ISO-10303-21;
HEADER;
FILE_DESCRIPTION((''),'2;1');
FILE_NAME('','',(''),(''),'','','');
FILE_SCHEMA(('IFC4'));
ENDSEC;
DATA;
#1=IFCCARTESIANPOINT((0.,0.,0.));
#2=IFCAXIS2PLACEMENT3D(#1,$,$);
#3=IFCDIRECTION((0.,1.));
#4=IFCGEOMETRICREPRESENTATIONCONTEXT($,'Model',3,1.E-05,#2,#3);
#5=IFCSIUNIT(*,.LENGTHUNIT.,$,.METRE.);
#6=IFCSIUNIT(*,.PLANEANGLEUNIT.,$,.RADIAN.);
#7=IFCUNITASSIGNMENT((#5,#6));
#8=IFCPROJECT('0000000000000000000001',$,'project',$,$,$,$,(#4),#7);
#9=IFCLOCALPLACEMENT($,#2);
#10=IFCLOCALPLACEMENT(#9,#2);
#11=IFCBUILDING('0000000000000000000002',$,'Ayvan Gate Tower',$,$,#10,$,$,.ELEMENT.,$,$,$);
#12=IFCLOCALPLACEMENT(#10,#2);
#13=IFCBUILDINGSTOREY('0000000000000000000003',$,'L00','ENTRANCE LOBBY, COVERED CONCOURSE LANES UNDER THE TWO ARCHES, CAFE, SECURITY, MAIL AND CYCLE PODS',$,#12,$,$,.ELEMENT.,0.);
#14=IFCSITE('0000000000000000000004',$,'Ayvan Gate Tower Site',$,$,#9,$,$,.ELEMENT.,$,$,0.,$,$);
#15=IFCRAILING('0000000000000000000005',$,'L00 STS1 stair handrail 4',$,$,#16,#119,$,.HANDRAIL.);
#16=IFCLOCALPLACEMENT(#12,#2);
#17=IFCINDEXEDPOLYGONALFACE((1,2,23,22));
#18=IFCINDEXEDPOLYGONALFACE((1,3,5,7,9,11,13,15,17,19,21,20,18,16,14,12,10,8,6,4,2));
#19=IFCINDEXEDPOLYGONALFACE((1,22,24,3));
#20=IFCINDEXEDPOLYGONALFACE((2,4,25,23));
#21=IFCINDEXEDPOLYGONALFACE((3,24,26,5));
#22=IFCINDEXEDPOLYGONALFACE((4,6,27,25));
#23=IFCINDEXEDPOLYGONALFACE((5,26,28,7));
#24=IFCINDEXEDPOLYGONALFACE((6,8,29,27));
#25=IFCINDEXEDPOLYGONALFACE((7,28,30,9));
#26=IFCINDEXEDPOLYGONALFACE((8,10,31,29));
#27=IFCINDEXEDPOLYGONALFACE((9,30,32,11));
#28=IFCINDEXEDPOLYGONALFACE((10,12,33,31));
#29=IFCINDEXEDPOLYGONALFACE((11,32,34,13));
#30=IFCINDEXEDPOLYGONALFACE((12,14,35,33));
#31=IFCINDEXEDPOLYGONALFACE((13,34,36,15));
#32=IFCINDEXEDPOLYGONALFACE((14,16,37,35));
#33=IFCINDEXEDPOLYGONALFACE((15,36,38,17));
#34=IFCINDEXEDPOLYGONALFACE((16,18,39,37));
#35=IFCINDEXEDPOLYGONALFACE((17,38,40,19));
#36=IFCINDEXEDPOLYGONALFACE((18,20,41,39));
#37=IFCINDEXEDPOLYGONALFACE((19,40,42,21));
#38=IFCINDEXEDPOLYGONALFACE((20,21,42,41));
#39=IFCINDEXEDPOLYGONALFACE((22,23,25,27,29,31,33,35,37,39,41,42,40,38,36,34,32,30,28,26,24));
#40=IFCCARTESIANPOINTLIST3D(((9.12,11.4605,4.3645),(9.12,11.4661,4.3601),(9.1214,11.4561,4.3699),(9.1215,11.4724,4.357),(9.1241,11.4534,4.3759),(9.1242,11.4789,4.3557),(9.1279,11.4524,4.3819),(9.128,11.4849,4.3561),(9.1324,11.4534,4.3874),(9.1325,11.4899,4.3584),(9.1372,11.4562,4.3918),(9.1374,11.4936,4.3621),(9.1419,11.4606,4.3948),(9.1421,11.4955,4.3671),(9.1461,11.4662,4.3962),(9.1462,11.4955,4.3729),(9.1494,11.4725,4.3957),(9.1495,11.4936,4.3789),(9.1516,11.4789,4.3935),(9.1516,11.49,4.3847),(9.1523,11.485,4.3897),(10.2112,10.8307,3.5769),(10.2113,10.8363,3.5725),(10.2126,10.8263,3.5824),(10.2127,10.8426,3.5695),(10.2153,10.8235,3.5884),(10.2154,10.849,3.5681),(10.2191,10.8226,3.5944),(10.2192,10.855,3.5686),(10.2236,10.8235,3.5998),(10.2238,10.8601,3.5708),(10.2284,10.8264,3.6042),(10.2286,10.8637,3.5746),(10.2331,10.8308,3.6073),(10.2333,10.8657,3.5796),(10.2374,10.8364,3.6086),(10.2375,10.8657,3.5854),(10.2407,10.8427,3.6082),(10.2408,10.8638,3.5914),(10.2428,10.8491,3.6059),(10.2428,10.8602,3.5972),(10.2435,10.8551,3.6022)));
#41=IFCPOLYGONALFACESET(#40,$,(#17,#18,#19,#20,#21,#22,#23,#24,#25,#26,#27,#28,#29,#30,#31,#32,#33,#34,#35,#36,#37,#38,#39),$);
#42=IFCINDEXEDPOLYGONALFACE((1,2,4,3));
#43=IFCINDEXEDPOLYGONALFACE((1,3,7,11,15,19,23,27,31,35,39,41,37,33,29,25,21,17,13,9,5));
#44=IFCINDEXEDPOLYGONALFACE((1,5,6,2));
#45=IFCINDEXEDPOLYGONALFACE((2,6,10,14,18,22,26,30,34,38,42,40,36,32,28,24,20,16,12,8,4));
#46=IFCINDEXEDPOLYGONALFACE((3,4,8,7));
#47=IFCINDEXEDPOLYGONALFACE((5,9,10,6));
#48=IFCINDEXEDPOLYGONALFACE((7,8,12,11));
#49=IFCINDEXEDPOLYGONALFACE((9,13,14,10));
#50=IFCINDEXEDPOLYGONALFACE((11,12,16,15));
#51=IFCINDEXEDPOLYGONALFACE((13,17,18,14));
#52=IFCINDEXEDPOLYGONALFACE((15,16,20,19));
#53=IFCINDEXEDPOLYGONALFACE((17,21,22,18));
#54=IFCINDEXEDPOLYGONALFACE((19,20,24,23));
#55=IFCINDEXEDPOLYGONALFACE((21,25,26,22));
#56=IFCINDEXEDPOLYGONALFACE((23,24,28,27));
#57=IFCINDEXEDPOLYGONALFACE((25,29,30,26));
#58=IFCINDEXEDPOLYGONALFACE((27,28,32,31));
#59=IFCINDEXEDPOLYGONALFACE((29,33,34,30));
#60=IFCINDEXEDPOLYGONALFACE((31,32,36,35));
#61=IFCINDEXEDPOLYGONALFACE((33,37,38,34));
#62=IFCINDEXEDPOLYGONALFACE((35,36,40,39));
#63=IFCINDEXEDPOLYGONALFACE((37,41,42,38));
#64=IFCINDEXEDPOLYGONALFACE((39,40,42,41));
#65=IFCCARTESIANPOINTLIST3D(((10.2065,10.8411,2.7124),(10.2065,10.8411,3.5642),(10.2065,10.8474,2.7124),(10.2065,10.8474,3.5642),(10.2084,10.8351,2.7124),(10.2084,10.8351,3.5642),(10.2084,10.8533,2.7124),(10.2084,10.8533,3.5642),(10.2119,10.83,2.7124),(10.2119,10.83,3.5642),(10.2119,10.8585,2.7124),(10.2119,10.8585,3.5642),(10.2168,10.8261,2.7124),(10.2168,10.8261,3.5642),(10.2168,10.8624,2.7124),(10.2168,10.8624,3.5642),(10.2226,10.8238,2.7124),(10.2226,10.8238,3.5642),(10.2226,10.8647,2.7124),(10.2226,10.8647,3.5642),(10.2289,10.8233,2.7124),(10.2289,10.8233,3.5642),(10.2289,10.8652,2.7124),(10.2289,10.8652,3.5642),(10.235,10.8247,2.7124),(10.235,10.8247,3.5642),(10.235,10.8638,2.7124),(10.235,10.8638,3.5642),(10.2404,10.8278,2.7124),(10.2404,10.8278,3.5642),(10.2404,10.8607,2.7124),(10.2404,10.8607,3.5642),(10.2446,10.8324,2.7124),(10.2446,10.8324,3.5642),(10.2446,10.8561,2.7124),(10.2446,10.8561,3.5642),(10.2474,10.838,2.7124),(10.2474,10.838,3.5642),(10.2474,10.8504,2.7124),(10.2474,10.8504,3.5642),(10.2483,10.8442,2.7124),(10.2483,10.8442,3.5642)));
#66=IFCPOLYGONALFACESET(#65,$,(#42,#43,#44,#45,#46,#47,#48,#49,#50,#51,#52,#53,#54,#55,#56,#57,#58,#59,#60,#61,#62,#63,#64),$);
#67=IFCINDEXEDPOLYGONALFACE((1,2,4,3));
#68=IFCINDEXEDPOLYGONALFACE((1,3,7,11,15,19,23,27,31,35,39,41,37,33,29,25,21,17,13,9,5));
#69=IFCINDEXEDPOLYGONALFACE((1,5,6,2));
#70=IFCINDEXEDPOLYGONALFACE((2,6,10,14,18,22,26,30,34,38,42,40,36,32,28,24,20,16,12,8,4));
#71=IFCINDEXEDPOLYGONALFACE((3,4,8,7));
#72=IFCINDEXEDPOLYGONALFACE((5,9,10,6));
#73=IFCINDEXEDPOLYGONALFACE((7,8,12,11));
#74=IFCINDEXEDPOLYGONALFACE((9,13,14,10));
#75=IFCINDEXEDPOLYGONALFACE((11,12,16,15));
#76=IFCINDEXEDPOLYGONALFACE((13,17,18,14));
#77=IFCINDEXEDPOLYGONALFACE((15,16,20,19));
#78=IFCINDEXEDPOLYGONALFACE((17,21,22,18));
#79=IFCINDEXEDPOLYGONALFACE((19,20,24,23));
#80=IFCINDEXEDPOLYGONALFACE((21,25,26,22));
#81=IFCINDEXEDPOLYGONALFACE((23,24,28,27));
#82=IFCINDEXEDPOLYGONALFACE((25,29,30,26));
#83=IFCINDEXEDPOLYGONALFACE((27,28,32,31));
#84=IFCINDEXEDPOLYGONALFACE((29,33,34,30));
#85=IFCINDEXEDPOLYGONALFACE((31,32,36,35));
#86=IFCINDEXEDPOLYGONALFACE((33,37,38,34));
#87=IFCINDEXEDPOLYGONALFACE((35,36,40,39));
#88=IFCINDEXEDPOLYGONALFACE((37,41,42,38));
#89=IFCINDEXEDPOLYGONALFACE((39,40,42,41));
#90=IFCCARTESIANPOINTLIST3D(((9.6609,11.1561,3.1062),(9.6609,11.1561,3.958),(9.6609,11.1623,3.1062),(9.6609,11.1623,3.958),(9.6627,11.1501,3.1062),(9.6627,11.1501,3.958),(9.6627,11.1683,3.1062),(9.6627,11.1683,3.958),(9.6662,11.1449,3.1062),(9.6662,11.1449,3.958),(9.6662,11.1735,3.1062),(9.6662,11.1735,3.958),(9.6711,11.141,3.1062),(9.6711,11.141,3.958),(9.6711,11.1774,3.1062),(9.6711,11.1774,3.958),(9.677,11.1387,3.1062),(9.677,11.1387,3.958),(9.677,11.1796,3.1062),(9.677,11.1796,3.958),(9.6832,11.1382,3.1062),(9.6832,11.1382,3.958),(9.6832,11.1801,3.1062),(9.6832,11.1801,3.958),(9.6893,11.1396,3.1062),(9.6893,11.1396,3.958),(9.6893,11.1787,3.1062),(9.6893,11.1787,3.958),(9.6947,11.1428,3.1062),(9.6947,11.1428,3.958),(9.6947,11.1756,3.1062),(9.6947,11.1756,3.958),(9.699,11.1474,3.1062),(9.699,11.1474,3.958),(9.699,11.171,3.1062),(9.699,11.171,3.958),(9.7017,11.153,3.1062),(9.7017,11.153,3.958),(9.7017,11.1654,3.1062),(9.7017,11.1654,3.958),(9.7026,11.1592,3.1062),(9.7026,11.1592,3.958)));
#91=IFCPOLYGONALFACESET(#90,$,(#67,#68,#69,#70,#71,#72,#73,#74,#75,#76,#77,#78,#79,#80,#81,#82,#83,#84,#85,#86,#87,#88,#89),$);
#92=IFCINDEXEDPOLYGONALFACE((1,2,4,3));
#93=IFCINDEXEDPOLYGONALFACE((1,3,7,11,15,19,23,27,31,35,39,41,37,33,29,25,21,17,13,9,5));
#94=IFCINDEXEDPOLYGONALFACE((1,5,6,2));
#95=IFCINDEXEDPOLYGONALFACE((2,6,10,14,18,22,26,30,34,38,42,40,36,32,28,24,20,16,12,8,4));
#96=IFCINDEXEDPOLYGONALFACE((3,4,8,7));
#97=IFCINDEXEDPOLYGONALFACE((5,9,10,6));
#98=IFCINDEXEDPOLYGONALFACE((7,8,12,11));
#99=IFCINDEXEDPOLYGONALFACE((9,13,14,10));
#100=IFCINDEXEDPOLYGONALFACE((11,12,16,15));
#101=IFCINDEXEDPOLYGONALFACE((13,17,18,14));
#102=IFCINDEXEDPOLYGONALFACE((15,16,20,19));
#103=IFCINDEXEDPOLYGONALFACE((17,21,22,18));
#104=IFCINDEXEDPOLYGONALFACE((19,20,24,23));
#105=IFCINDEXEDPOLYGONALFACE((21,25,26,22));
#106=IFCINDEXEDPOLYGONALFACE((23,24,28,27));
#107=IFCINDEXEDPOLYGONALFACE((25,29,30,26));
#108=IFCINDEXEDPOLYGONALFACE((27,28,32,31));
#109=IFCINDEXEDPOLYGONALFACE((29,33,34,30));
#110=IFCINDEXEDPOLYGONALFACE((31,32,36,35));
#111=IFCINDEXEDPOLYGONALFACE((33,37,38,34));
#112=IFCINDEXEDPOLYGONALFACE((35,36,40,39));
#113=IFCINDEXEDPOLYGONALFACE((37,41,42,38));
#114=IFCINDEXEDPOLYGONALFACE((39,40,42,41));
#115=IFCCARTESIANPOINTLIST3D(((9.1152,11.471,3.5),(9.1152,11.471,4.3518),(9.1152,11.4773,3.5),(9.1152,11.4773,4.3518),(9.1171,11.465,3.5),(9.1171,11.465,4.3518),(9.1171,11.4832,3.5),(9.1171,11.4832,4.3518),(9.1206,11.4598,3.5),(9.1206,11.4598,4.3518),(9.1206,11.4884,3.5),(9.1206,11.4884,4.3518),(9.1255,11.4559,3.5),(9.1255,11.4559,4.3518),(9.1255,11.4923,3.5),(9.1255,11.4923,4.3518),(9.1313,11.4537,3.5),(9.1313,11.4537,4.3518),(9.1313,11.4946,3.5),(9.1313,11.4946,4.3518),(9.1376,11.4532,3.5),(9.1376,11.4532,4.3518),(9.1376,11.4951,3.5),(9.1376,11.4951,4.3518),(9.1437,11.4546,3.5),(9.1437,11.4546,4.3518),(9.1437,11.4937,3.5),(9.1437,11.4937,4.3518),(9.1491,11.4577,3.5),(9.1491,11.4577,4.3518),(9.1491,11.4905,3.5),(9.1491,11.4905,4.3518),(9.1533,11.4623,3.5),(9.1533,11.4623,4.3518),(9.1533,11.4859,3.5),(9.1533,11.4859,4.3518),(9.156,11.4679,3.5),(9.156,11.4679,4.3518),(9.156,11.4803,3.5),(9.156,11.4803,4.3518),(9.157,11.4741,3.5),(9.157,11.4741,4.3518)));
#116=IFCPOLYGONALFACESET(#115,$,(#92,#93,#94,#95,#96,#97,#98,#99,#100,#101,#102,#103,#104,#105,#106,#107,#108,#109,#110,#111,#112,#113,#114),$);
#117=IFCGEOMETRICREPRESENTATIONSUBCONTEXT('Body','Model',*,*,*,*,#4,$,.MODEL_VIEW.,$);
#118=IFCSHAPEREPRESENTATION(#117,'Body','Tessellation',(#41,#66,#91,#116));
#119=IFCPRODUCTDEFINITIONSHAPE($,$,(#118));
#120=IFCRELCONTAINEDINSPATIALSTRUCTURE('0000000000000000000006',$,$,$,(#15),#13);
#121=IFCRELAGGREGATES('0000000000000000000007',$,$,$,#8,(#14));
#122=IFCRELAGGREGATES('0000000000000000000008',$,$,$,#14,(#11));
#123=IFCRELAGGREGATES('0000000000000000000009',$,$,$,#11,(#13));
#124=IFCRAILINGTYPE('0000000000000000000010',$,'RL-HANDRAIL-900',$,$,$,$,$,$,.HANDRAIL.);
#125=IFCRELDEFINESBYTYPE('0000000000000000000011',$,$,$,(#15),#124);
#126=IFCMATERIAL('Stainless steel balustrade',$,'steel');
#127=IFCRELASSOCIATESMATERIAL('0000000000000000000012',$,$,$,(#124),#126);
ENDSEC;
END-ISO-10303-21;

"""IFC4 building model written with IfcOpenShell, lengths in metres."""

from ifc_helpers import new_model, si_unit, direction, frame, origin, origin_2d, place, context, subcontext, project, spatial, circle, extrude, material, type_object, element, save


model = new_model("IFC4")

# Units and contexts
model_context = context("Model", 3, precision=1e-05, world=origin(), true_north=direction((0.0, 1.0)))
body_context = subcontext(model_context, "Body", "Model", "MODEL_VIEW")
ifc_project = project(units=[si_unit("LENGTHUNIT", "METRE"), si_unit("PLANEANGLEUNIT", "RADIAN")], contexts=[model_context])

# Site, building, storey
site_placement = place(None, origin())
site = spatial("IfcSite", under=ifc_project, at=site_placement, Name="Ayvan Gate Tower Site", CompositionType="ELEMENT", RefElevation=0.0)
building_placement = place(site_placement, origin())
building = spatial("IfcBuilding", under=site, at=building_placement, Name="Ayvan Gate Tower", CompositionType="ELEMENT")
storey_placement = place(building_placement, origin())
storey = spatial("IfcBuildingStorey", under=building, at=storey_placement, Name="L00", Description="ENTRANCE LOBBY, COVERED CONCOURSE LANES UNDER THE TWO ARCHES, CAFE, SECURITY, MAIL AND CYCLE PODS", CompositionType="ELEMENT", Elevation=0.0)

# Railing
ifc_material_1 = material(Name="Stainless steel balustrade", Category="steel")
railing_type_1 = type_object("IfcRailingType", Name="RL-HANDRAIL-900", PredefinedType="HANDRAIL", material=ifc_material_1)
railing_1_placement = place(storey_placement, frame((10.2273, 10.8442, 2.7124)))
element("IfcRailing", 1, at=railing_1_placement, inside=storey, type_object=railing_type_1, Name="L00 STS1 stair handrail 4", PredefinedType="HANDRAIL", context=body_context, shape_type="SweptSolid", body=[
    extrude(circle(Radius=0.0239, at=origin_2d()), frame((0.0, 0.0, 0.876), z_axis=(-0.734423, 0.423895, 0.530033), x_axis=(-0.49989, -0.866089, 0.0)), (0.0, 0.0, 1.0), 1.4858),
    extrude(circle(Radius=0.021, at=origin_2d()), origin(), (0.0, 0.0, 1.0), 0.8518),
    extrude(circle(Radius=0.021, at=origin_2d()), frame((-0.5457, 0.3149, 0.3938)), (0.0, 0.0, 1.0), 0.8518),
    extrude(circle(Radius=0.021, at=origin_2d()), frame((-1.0913, 0.6299, 0.7876)), (0.0, 0.0, 1.0), 0.8518),
])

save(model, "model.ifc")
